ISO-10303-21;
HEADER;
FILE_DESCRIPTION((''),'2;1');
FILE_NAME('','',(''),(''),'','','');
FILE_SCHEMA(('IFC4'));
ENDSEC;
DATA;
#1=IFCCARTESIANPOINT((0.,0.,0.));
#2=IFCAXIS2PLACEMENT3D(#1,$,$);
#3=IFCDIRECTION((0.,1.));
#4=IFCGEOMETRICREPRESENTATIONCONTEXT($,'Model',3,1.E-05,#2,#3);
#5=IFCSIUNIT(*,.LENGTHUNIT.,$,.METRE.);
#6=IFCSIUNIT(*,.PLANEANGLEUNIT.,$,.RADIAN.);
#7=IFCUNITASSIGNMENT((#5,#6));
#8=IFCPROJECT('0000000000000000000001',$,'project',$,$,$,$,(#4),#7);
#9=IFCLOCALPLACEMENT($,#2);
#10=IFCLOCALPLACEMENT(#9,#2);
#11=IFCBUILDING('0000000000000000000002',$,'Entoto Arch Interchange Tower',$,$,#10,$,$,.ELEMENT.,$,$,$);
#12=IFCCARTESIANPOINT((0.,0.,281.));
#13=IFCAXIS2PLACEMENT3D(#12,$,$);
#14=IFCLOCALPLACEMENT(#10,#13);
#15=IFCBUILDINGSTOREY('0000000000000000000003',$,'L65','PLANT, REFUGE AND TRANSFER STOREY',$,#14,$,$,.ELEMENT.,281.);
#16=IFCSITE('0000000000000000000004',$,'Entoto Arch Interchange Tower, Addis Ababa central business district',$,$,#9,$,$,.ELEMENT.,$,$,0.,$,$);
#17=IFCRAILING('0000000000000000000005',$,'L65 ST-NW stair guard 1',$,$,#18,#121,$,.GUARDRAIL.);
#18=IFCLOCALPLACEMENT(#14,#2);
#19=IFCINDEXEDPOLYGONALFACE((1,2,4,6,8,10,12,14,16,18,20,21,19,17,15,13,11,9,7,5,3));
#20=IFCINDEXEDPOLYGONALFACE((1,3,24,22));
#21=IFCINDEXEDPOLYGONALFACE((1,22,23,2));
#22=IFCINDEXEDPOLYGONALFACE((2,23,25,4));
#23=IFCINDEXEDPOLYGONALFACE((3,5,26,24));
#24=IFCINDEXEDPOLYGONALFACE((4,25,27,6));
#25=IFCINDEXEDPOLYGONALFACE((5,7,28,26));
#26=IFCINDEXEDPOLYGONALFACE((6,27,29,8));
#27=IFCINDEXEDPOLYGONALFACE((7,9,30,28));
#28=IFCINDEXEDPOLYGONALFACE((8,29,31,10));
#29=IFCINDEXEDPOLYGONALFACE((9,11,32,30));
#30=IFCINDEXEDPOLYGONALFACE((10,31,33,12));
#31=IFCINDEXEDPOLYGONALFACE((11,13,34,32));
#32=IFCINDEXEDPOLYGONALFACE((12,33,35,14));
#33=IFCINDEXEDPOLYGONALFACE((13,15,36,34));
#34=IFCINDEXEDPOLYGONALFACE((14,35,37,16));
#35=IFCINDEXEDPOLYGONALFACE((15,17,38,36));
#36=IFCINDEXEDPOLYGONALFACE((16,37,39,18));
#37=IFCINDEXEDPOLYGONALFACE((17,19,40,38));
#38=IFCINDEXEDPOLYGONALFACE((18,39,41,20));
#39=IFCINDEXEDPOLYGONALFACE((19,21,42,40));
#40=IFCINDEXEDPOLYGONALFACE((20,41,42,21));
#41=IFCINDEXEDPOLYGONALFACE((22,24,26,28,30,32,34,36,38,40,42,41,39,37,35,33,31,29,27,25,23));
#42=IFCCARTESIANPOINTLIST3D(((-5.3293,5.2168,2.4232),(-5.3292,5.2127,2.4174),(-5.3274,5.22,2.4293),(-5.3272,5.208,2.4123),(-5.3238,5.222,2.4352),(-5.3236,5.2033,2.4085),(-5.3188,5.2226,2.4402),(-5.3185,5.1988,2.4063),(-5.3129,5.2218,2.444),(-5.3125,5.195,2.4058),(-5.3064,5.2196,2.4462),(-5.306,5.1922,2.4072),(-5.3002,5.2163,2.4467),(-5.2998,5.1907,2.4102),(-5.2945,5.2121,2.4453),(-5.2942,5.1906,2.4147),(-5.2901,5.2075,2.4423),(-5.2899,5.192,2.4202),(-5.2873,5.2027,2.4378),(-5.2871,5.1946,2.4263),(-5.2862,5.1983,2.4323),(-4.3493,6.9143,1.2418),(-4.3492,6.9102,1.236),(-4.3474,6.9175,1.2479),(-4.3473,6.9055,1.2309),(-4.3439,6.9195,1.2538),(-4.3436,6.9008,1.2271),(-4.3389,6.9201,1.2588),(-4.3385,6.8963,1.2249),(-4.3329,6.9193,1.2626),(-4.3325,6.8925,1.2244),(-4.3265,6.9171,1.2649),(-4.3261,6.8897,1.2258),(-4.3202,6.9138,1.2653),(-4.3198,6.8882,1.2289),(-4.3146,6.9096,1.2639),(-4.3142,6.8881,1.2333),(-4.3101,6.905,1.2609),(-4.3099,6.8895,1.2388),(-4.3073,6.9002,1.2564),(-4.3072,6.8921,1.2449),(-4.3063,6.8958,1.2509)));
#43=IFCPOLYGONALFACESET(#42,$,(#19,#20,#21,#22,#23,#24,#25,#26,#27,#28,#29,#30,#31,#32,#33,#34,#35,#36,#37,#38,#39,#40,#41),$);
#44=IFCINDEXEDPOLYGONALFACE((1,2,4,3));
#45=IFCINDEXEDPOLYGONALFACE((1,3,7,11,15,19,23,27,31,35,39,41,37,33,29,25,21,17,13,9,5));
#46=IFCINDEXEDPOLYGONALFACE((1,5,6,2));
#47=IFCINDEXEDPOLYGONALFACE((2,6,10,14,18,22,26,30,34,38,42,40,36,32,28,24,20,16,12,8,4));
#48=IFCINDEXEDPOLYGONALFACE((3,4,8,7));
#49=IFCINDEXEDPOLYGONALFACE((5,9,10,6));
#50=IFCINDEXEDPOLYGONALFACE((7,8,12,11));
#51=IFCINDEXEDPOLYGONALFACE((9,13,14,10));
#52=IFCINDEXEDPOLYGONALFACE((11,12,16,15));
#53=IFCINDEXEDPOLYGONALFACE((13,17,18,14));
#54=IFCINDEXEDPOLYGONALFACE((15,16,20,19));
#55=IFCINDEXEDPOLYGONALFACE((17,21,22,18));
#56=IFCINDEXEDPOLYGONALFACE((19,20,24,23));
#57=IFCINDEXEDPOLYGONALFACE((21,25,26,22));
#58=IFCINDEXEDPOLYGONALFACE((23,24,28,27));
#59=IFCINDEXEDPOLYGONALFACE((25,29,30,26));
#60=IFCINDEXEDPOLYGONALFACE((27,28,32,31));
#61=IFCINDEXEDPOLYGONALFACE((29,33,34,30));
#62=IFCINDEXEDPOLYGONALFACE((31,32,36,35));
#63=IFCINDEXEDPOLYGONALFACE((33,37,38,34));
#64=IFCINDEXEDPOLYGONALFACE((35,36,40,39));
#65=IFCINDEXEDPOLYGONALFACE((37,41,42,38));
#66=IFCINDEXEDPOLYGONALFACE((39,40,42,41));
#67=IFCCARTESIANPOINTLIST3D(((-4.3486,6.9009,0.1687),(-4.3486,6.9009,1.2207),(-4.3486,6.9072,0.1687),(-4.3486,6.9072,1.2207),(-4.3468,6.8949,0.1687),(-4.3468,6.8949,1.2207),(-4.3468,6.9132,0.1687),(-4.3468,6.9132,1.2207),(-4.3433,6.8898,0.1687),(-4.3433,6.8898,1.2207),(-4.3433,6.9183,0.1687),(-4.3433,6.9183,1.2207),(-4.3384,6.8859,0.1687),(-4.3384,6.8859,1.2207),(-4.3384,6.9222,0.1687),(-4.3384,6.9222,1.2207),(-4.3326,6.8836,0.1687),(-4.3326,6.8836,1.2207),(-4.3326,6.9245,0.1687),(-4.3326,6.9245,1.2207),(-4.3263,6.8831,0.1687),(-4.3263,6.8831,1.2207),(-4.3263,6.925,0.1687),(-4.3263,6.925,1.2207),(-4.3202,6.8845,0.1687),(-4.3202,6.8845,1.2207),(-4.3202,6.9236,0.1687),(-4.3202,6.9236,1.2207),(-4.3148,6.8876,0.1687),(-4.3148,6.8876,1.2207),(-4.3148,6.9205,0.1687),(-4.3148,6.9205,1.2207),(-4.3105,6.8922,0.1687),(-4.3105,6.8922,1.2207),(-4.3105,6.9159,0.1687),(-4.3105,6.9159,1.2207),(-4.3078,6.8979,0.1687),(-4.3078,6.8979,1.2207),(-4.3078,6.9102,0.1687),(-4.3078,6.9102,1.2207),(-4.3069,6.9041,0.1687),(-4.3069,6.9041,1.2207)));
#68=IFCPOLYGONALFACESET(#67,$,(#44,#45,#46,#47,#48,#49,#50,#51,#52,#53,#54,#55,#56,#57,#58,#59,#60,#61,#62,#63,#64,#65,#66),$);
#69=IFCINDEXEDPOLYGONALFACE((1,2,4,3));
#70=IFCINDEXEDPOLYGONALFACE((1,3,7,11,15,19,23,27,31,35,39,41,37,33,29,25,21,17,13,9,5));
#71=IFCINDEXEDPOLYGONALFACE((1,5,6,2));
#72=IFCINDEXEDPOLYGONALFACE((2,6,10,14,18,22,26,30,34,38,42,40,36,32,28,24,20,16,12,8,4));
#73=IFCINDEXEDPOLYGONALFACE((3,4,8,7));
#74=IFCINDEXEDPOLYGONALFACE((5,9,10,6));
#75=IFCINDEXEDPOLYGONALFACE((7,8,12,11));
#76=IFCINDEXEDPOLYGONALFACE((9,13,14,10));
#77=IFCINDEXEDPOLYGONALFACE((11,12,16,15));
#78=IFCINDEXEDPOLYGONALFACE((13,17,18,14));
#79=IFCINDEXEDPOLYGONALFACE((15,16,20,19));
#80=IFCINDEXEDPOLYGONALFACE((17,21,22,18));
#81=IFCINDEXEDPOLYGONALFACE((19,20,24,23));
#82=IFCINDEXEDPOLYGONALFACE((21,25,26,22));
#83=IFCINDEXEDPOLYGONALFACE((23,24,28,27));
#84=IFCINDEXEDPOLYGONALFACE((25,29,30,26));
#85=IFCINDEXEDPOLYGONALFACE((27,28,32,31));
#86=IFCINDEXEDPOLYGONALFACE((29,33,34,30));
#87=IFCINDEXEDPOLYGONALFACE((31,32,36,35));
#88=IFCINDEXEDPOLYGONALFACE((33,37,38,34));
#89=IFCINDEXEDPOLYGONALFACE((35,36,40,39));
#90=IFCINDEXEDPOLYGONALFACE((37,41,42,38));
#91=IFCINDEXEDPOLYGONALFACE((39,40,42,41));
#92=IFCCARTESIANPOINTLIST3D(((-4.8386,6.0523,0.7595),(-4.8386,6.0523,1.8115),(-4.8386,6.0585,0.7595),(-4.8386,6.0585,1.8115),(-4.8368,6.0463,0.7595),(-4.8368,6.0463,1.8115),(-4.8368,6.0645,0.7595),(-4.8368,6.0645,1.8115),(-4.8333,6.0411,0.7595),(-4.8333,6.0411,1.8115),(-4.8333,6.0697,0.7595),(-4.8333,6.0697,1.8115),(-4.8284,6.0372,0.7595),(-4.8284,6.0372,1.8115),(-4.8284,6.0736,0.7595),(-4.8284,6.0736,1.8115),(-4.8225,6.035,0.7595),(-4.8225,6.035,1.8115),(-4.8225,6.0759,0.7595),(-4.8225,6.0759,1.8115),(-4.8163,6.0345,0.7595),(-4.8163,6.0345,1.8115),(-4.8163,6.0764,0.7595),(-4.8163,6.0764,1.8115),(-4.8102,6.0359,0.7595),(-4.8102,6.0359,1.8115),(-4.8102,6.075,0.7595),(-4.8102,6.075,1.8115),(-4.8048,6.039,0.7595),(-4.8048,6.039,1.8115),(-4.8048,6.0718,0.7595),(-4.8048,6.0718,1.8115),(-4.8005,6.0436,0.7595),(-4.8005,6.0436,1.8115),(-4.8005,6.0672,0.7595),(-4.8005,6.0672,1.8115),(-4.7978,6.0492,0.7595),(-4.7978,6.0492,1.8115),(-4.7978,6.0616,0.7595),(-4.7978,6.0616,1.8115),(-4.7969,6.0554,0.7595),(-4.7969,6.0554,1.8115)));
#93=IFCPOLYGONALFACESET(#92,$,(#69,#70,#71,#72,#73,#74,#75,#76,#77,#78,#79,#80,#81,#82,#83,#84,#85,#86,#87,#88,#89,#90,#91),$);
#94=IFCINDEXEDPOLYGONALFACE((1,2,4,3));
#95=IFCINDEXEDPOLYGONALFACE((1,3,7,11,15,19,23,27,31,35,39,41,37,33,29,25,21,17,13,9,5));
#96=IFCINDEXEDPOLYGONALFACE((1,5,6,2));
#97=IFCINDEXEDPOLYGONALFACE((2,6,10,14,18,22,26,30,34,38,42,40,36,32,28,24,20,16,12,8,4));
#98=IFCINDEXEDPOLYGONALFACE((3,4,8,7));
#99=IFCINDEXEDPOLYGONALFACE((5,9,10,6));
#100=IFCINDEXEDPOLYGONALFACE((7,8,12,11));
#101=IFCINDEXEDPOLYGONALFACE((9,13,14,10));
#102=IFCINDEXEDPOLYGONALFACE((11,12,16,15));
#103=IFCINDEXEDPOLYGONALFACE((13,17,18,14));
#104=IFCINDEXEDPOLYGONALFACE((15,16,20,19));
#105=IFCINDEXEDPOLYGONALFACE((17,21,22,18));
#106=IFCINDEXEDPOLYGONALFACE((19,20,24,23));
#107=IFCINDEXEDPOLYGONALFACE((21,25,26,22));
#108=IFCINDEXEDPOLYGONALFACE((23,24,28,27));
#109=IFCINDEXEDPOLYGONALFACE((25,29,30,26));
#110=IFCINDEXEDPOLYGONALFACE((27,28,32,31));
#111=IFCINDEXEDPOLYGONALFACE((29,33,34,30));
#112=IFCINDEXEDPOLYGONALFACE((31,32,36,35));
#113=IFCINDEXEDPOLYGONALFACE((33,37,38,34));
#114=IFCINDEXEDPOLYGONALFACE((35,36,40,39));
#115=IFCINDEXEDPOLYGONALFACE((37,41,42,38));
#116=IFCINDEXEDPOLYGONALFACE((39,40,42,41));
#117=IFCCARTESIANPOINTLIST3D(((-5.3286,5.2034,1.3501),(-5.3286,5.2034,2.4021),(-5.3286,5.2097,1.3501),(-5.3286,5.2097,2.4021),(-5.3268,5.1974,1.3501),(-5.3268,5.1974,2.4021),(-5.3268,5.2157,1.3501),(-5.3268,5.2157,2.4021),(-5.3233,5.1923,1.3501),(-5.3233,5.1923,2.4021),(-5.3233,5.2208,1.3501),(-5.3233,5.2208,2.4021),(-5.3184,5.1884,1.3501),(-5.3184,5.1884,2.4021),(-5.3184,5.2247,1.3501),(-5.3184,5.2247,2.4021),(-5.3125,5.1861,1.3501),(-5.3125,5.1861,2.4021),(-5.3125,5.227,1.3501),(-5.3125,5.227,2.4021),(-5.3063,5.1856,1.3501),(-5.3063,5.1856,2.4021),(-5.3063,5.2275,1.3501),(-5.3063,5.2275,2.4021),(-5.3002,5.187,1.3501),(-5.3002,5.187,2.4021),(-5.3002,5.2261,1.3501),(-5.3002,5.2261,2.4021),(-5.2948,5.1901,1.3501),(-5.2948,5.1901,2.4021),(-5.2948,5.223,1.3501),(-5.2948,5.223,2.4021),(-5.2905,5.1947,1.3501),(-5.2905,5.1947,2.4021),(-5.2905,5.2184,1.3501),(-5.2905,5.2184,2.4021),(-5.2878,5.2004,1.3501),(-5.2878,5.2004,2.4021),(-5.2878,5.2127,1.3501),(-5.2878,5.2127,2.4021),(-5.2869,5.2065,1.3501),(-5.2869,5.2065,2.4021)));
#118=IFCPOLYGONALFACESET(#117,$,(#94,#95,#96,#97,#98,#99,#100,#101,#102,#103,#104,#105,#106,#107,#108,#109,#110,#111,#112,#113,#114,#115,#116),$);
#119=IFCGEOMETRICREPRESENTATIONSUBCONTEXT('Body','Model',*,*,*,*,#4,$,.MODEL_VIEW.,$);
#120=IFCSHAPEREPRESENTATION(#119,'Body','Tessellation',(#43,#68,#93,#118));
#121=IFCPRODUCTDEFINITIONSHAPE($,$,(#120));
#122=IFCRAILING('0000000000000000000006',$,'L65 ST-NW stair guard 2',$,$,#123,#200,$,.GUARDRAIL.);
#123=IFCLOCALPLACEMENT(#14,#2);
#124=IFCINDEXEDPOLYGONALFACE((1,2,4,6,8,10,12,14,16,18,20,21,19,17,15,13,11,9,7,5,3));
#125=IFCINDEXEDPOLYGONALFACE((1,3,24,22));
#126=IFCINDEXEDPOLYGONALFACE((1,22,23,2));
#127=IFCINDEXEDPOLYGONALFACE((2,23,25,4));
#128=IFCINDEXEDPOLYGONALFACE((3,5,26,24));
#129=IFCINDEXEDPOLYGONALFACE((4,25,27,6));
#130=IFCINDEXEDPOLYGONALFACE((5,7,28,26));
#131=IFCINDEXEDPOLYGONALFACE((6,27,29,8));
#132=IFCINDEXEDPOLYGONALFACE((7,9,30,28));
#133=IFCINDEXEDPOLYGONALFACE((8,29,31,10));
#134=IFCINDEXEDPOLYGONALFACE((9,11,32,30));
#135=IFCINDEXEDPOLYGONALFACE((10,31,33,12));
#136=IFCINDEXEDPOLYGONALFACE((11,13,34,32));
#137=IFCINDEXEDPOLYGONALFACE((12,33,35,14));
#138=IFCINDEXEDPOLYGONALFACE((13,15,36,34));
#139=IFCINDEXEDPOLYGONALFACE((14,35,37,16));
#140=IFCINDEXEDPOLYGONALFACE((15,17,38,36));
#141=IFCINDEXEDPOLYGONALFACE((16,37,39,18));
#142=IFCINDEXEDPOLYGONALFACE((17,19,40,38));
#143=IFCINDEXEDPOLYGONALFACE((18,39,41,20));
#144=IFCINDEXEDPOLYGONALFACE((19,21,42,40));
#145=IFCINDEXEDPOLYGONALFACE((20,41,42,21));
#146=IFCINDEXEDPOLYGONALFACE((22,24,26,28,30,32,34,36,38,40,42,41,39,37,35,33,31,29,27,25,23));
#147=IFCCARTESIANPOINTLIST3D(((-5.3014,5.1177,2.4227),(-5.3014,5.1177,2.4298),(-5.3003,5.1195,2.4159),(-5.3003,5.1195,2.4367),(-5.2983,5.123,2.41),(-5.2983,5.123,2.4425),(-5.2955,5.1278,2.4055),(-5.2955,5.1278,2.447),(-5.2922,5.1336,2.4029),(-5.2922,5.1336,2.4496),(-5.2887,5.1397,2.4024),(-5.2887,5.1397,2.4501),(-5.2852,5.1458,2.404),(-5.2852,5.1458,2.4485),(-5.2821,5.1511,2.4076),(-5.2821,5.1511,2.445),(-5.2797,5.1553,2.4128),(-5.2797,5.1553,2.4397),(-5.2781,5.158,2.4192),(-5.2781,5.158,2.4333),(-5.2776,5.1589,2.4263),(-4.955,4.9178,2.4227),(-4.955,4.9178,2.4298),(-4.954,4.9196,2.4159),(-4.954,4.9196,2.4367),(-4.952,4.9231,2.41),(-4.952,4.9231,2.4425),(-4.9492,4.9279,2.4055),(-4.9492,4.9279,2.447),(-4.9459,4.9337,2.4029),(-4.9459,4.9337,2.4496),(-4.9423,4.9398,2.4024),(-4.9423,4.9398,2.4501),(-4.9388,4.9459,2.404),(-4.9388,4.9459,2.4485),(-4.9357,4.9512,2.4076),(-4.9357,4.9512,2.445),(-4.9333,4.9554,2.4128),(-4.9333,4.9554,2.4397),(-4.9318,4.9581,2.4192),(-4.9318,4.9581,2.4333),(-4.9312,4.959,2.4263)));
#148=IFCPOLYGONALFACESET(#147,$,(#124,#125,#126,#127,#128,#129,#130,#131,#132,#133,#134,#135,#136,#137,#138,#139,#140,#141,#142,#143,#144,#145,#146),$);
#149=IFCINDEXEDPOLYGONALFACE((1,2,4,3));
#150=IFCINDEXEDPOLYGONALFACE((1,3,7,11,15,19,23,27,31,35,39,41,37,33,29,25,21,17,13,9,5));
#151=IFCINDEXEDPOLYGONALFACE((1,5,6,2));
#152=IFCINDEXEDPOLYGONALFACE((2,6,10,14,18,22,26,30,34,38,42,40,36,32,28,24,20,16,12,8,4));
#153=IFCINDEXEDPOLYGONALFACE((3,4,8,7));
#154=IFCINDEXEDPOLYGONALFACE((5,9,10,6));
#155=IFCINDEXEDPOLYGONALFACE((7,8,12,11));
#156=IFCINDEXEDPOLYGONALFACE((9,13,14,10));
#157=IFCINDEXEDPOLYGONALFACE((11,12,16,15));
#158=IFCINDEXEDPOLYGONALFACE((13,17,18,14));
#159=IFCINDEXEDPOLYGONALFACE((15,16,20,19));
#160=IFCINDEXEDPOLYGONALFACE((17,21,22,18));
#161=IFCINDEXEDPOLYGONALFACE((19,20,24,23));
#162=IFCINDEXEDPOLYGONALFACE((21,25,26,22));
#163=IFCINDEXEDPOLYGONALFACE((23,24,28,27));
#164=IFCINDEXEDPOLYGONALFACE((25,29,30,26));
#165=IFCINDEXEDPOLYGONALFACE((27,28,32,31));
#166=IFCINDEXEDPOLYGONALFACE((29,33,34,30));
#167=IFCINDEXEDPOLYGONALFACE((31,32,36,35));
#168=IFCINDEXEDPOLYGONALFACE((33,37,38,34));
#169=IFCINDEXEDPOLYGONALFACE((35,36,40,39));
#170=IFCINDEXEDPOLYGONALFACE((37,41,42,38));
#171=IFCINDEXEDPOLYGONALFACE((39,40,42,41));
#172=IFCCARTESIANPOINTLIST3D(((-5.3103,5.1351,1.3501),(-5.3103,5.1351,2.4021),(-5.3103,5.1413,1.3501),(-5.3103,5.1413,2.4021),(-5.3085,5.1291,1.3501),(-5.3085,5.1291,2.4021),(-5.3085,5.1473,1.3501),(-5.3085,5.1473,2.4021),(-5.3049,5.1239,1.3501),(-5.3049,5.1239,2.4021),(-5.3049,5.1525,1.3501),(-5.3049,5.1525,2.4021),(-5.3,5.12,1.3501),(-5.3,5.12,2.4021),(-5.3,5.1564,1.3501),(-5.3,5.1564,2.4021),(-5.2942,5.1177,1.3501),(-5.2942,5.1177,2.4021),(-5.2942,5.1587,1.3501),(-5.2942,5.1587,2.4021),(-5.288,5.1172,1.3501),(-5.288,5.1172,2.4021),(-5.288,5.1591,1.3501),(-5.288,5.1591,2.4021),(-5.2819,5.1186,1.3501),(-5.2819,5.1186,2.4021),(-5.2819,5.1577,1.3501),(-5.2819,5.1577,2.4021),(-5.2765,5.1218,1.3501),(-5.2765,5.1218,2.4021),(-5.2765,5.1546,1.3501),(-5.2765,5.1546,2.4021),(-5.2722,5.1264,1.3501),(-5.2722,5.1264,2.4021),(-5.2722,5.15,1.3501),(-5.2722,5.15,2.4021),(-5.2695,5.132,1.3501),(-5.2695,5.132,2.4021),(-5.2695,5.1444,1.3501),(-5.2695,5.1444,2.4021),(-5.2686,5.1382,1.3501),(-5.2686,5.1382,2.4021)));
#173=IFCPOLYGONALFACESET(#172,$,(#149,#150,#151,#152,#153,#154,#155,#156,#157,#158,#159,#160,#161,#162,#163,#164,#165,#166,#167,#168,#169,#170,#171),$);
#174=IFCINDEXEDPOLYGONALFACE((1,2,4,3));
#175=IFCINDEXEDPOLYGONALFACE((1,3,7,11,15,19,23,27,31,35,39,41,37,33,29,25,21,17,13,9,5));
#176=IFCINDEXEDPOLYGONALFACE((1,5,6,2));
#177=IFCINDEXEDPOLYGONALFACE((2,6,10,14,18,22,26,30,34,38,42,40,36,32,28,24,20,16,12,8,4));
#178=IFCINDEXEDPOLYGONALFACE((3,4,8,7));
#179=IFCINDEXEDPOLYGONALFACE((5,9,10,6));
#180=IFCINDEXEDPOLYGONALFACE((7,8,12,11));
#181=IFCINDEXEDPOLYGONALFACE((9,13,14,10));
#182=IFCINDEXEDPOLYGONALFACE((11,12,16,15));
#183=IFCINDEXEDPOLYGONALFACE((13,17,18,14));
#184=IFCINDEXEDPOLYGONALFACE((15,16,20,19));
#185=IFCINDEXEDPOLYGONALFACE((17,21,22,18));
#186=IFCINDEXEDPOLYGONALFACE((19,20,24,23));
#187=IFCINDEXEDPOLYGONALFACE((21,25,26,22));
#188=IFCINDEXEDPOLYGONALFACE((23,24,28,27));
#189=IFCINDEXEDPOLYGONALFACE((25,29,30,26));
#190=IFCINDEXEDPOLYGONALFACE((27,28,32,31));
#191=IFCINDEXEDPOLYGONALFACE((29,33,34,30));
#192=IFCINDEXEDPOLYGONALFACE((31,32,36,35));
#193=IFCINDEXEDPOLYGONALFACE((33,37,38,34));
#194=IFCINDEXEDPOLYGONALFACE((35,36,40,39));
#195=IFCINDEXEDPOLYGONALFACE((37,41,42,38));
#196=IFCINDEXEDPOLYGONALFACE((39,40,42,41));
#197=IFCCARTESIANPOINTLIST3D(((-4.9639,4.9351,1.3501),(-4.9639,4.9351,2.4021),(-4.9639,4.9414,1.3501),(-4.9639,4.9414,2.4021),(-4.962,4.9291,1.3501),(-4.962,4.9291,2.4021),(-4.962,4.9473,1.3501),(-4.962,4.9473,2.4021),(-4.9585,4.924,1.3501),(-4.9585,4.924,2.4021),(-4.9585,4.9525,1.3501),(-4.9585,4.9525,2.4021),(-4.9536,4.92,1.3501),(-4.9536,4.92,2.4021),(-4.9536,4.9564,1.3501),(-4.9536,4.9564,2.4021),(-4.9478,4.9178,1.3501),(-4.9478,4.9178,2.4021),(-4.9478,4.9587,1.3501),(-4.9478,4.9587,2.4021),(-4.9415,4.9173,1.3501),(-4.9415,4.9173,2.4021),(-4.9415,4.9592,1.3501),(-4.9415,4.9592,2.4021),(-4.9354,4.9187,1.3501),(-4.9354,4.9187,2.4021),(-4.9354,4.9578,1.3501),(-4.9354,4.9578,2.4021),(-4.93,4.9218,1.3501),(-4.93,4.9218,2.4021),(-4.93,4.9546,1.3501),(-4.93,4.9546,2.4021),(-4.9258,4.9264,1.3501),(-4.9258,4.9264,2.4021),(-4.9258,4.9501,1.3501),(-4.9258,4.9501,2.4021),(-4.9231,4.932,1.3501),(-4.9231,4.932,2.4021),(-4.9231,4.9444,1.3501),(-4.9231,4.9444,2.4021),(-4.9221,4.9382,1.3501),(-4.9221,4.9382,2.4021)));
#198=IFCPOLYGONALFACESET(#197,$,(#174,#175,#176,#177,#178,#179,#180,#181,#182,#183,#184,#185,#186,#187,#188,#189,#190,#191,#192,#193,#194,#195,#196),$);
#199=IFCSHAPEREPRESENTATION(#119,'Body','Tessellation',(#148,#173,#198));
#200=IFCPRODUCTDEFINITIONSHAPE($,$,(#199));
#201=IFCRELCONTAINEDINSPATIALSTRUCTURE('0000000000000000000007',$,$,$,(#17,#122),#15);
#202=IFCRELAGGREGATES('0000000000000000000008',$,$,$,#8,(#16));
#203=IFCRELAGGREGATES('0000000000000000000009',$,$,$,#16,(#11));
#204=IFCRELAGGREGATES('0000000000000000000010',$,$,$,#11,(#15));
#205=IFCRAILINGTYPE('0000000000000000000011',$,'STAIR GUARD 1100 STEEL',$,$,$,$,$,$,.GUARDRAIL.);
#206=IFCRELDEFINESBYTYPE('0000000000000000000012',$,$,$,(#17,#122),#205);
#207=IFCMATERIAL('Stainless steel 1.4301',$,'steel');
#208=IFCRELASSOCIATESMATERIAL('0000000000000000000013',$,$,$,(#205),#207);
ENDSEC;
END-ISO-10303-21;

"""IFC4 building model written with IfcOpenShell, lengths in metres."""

from ifc_helpers import new_model, si_unit, direction, frame, origin, origin_2d, place, context, subcontext, project, spatial, circle, extrude, material, type_object, element, save


model = new_model("IFC4")

# Units and contexts
model_context = context("Model", 3, precision=1e-05, world=origin(), true_north=direction((0.0, 1.0)))
body_context = subcontext(model_context, "Body", "Model", "MODEL_VIEW")
ifc_project = project(units=[si_unit("LENGTHUNIT", "METRE"), si_unit("PLANEANGLEUNIT", "RADIAN")], contexts=[model_context])

# Site, building, storey
site_placement = place(None, origin())
site = spatial("IfcSite", under=ifc_project, at=site_placement, Name="Entoto Arch Interchange Tower, Addis Ababa central business district", CompositionType="ELEMENT", RefElevation=0.0)
building_placement = place(site_placement, origin())
building = spatial("IfcBuilding", under=site, at=building_placement, Name="Entoto Arch Interchange Tower", CompositionType="ELEMENT")
storey_placement = place(building_placement, frame((0.0, 0.0, 281.0)))
storey = spatial("IfcBuildingStorey", under=building, at=storey_placement, Name="L65", Description="PLANT, REFUGE AND TRANSFER STOREY", CompositionType="ELEMENT", Elevation=281.0)

# Railings
ifc_material_1 = material(Name="Stainless steel 1.4301", Category="steel")
railing_type_1 = type_object("IfcRailingType", Name="STAIR GUARD 1100 STEEL", PredefinedType="GUARDRAIL", material=ifc_material_1)
railing_1_placement = place(storey_placement, frame((-4.3279, 6.9041, 0.1687)))
element("IfcRailing", 1, at=railing_1_placement, inside=storey, type_object=railing_type_1, Name="L65 ST-NW stair guard 1", PredefinedType="GUARDRAIL", context=body_context, shape_type="SweptSolid", body=[
    extrude(circle(Radius=0.0239, at=origin_2d()), frame((0.0, 0.0, 1.0762), z_axis=(-0.428205, -0.741731, 0.516214), x_axis=(0.866042, -0.49997, 0.0)), (0.0, 0.0, 1.0), 2.2886),
    extrude(circle(Radius=0.021, at=origin_2d()), origin(), (0.0, 0.0, 1.0), 1.052),
    extrude(circle(Radius=0.021, at=origin_2d()), frame((-0.49, -0.8486, 0.5908)), (0.0, 0.0, 1.0), 1.052),
    extrude(circle(Radius=0.021, at=origin_2d()), frame((-0.98, -1.6975, 1.1814)), (0.0, 0.0, 1.0), 1.052),
])
railing_2_placement = place(storey_placement, frame((-5.2896, 5.1382, 1.3501)))
element("IfcRailing", 2, at=railing_2_placement, inside=storey, type_object=railing_type_1, Name="L65 ST-NW stair guard 2", PredefinedType="GUARDRAIL", context=body_context, shape_type="SweptSolid", body=[
    extrude(circle(Radius=0.0239, at=origin_2d()), frame((0.0, 0.0, 1.0762), z_axis=(0.866094, -0.499881, 0.0), x_axis=(0.499881, 0.866094, 0.0)), (0.0, 0.0, 1.0), 0.3999),
    extrude(circle(Radius=0.021, at=origin_2d()), origin(), (0.0, 0.0, 1.0), 1.052),
    extrude(circle(Radius=0.021, at=origin_2d()), frame((0.3464, -0.2, 0.0)), (0.0, 0.0, 1.0), 1.052),
])

save(model, "model.ifc")
